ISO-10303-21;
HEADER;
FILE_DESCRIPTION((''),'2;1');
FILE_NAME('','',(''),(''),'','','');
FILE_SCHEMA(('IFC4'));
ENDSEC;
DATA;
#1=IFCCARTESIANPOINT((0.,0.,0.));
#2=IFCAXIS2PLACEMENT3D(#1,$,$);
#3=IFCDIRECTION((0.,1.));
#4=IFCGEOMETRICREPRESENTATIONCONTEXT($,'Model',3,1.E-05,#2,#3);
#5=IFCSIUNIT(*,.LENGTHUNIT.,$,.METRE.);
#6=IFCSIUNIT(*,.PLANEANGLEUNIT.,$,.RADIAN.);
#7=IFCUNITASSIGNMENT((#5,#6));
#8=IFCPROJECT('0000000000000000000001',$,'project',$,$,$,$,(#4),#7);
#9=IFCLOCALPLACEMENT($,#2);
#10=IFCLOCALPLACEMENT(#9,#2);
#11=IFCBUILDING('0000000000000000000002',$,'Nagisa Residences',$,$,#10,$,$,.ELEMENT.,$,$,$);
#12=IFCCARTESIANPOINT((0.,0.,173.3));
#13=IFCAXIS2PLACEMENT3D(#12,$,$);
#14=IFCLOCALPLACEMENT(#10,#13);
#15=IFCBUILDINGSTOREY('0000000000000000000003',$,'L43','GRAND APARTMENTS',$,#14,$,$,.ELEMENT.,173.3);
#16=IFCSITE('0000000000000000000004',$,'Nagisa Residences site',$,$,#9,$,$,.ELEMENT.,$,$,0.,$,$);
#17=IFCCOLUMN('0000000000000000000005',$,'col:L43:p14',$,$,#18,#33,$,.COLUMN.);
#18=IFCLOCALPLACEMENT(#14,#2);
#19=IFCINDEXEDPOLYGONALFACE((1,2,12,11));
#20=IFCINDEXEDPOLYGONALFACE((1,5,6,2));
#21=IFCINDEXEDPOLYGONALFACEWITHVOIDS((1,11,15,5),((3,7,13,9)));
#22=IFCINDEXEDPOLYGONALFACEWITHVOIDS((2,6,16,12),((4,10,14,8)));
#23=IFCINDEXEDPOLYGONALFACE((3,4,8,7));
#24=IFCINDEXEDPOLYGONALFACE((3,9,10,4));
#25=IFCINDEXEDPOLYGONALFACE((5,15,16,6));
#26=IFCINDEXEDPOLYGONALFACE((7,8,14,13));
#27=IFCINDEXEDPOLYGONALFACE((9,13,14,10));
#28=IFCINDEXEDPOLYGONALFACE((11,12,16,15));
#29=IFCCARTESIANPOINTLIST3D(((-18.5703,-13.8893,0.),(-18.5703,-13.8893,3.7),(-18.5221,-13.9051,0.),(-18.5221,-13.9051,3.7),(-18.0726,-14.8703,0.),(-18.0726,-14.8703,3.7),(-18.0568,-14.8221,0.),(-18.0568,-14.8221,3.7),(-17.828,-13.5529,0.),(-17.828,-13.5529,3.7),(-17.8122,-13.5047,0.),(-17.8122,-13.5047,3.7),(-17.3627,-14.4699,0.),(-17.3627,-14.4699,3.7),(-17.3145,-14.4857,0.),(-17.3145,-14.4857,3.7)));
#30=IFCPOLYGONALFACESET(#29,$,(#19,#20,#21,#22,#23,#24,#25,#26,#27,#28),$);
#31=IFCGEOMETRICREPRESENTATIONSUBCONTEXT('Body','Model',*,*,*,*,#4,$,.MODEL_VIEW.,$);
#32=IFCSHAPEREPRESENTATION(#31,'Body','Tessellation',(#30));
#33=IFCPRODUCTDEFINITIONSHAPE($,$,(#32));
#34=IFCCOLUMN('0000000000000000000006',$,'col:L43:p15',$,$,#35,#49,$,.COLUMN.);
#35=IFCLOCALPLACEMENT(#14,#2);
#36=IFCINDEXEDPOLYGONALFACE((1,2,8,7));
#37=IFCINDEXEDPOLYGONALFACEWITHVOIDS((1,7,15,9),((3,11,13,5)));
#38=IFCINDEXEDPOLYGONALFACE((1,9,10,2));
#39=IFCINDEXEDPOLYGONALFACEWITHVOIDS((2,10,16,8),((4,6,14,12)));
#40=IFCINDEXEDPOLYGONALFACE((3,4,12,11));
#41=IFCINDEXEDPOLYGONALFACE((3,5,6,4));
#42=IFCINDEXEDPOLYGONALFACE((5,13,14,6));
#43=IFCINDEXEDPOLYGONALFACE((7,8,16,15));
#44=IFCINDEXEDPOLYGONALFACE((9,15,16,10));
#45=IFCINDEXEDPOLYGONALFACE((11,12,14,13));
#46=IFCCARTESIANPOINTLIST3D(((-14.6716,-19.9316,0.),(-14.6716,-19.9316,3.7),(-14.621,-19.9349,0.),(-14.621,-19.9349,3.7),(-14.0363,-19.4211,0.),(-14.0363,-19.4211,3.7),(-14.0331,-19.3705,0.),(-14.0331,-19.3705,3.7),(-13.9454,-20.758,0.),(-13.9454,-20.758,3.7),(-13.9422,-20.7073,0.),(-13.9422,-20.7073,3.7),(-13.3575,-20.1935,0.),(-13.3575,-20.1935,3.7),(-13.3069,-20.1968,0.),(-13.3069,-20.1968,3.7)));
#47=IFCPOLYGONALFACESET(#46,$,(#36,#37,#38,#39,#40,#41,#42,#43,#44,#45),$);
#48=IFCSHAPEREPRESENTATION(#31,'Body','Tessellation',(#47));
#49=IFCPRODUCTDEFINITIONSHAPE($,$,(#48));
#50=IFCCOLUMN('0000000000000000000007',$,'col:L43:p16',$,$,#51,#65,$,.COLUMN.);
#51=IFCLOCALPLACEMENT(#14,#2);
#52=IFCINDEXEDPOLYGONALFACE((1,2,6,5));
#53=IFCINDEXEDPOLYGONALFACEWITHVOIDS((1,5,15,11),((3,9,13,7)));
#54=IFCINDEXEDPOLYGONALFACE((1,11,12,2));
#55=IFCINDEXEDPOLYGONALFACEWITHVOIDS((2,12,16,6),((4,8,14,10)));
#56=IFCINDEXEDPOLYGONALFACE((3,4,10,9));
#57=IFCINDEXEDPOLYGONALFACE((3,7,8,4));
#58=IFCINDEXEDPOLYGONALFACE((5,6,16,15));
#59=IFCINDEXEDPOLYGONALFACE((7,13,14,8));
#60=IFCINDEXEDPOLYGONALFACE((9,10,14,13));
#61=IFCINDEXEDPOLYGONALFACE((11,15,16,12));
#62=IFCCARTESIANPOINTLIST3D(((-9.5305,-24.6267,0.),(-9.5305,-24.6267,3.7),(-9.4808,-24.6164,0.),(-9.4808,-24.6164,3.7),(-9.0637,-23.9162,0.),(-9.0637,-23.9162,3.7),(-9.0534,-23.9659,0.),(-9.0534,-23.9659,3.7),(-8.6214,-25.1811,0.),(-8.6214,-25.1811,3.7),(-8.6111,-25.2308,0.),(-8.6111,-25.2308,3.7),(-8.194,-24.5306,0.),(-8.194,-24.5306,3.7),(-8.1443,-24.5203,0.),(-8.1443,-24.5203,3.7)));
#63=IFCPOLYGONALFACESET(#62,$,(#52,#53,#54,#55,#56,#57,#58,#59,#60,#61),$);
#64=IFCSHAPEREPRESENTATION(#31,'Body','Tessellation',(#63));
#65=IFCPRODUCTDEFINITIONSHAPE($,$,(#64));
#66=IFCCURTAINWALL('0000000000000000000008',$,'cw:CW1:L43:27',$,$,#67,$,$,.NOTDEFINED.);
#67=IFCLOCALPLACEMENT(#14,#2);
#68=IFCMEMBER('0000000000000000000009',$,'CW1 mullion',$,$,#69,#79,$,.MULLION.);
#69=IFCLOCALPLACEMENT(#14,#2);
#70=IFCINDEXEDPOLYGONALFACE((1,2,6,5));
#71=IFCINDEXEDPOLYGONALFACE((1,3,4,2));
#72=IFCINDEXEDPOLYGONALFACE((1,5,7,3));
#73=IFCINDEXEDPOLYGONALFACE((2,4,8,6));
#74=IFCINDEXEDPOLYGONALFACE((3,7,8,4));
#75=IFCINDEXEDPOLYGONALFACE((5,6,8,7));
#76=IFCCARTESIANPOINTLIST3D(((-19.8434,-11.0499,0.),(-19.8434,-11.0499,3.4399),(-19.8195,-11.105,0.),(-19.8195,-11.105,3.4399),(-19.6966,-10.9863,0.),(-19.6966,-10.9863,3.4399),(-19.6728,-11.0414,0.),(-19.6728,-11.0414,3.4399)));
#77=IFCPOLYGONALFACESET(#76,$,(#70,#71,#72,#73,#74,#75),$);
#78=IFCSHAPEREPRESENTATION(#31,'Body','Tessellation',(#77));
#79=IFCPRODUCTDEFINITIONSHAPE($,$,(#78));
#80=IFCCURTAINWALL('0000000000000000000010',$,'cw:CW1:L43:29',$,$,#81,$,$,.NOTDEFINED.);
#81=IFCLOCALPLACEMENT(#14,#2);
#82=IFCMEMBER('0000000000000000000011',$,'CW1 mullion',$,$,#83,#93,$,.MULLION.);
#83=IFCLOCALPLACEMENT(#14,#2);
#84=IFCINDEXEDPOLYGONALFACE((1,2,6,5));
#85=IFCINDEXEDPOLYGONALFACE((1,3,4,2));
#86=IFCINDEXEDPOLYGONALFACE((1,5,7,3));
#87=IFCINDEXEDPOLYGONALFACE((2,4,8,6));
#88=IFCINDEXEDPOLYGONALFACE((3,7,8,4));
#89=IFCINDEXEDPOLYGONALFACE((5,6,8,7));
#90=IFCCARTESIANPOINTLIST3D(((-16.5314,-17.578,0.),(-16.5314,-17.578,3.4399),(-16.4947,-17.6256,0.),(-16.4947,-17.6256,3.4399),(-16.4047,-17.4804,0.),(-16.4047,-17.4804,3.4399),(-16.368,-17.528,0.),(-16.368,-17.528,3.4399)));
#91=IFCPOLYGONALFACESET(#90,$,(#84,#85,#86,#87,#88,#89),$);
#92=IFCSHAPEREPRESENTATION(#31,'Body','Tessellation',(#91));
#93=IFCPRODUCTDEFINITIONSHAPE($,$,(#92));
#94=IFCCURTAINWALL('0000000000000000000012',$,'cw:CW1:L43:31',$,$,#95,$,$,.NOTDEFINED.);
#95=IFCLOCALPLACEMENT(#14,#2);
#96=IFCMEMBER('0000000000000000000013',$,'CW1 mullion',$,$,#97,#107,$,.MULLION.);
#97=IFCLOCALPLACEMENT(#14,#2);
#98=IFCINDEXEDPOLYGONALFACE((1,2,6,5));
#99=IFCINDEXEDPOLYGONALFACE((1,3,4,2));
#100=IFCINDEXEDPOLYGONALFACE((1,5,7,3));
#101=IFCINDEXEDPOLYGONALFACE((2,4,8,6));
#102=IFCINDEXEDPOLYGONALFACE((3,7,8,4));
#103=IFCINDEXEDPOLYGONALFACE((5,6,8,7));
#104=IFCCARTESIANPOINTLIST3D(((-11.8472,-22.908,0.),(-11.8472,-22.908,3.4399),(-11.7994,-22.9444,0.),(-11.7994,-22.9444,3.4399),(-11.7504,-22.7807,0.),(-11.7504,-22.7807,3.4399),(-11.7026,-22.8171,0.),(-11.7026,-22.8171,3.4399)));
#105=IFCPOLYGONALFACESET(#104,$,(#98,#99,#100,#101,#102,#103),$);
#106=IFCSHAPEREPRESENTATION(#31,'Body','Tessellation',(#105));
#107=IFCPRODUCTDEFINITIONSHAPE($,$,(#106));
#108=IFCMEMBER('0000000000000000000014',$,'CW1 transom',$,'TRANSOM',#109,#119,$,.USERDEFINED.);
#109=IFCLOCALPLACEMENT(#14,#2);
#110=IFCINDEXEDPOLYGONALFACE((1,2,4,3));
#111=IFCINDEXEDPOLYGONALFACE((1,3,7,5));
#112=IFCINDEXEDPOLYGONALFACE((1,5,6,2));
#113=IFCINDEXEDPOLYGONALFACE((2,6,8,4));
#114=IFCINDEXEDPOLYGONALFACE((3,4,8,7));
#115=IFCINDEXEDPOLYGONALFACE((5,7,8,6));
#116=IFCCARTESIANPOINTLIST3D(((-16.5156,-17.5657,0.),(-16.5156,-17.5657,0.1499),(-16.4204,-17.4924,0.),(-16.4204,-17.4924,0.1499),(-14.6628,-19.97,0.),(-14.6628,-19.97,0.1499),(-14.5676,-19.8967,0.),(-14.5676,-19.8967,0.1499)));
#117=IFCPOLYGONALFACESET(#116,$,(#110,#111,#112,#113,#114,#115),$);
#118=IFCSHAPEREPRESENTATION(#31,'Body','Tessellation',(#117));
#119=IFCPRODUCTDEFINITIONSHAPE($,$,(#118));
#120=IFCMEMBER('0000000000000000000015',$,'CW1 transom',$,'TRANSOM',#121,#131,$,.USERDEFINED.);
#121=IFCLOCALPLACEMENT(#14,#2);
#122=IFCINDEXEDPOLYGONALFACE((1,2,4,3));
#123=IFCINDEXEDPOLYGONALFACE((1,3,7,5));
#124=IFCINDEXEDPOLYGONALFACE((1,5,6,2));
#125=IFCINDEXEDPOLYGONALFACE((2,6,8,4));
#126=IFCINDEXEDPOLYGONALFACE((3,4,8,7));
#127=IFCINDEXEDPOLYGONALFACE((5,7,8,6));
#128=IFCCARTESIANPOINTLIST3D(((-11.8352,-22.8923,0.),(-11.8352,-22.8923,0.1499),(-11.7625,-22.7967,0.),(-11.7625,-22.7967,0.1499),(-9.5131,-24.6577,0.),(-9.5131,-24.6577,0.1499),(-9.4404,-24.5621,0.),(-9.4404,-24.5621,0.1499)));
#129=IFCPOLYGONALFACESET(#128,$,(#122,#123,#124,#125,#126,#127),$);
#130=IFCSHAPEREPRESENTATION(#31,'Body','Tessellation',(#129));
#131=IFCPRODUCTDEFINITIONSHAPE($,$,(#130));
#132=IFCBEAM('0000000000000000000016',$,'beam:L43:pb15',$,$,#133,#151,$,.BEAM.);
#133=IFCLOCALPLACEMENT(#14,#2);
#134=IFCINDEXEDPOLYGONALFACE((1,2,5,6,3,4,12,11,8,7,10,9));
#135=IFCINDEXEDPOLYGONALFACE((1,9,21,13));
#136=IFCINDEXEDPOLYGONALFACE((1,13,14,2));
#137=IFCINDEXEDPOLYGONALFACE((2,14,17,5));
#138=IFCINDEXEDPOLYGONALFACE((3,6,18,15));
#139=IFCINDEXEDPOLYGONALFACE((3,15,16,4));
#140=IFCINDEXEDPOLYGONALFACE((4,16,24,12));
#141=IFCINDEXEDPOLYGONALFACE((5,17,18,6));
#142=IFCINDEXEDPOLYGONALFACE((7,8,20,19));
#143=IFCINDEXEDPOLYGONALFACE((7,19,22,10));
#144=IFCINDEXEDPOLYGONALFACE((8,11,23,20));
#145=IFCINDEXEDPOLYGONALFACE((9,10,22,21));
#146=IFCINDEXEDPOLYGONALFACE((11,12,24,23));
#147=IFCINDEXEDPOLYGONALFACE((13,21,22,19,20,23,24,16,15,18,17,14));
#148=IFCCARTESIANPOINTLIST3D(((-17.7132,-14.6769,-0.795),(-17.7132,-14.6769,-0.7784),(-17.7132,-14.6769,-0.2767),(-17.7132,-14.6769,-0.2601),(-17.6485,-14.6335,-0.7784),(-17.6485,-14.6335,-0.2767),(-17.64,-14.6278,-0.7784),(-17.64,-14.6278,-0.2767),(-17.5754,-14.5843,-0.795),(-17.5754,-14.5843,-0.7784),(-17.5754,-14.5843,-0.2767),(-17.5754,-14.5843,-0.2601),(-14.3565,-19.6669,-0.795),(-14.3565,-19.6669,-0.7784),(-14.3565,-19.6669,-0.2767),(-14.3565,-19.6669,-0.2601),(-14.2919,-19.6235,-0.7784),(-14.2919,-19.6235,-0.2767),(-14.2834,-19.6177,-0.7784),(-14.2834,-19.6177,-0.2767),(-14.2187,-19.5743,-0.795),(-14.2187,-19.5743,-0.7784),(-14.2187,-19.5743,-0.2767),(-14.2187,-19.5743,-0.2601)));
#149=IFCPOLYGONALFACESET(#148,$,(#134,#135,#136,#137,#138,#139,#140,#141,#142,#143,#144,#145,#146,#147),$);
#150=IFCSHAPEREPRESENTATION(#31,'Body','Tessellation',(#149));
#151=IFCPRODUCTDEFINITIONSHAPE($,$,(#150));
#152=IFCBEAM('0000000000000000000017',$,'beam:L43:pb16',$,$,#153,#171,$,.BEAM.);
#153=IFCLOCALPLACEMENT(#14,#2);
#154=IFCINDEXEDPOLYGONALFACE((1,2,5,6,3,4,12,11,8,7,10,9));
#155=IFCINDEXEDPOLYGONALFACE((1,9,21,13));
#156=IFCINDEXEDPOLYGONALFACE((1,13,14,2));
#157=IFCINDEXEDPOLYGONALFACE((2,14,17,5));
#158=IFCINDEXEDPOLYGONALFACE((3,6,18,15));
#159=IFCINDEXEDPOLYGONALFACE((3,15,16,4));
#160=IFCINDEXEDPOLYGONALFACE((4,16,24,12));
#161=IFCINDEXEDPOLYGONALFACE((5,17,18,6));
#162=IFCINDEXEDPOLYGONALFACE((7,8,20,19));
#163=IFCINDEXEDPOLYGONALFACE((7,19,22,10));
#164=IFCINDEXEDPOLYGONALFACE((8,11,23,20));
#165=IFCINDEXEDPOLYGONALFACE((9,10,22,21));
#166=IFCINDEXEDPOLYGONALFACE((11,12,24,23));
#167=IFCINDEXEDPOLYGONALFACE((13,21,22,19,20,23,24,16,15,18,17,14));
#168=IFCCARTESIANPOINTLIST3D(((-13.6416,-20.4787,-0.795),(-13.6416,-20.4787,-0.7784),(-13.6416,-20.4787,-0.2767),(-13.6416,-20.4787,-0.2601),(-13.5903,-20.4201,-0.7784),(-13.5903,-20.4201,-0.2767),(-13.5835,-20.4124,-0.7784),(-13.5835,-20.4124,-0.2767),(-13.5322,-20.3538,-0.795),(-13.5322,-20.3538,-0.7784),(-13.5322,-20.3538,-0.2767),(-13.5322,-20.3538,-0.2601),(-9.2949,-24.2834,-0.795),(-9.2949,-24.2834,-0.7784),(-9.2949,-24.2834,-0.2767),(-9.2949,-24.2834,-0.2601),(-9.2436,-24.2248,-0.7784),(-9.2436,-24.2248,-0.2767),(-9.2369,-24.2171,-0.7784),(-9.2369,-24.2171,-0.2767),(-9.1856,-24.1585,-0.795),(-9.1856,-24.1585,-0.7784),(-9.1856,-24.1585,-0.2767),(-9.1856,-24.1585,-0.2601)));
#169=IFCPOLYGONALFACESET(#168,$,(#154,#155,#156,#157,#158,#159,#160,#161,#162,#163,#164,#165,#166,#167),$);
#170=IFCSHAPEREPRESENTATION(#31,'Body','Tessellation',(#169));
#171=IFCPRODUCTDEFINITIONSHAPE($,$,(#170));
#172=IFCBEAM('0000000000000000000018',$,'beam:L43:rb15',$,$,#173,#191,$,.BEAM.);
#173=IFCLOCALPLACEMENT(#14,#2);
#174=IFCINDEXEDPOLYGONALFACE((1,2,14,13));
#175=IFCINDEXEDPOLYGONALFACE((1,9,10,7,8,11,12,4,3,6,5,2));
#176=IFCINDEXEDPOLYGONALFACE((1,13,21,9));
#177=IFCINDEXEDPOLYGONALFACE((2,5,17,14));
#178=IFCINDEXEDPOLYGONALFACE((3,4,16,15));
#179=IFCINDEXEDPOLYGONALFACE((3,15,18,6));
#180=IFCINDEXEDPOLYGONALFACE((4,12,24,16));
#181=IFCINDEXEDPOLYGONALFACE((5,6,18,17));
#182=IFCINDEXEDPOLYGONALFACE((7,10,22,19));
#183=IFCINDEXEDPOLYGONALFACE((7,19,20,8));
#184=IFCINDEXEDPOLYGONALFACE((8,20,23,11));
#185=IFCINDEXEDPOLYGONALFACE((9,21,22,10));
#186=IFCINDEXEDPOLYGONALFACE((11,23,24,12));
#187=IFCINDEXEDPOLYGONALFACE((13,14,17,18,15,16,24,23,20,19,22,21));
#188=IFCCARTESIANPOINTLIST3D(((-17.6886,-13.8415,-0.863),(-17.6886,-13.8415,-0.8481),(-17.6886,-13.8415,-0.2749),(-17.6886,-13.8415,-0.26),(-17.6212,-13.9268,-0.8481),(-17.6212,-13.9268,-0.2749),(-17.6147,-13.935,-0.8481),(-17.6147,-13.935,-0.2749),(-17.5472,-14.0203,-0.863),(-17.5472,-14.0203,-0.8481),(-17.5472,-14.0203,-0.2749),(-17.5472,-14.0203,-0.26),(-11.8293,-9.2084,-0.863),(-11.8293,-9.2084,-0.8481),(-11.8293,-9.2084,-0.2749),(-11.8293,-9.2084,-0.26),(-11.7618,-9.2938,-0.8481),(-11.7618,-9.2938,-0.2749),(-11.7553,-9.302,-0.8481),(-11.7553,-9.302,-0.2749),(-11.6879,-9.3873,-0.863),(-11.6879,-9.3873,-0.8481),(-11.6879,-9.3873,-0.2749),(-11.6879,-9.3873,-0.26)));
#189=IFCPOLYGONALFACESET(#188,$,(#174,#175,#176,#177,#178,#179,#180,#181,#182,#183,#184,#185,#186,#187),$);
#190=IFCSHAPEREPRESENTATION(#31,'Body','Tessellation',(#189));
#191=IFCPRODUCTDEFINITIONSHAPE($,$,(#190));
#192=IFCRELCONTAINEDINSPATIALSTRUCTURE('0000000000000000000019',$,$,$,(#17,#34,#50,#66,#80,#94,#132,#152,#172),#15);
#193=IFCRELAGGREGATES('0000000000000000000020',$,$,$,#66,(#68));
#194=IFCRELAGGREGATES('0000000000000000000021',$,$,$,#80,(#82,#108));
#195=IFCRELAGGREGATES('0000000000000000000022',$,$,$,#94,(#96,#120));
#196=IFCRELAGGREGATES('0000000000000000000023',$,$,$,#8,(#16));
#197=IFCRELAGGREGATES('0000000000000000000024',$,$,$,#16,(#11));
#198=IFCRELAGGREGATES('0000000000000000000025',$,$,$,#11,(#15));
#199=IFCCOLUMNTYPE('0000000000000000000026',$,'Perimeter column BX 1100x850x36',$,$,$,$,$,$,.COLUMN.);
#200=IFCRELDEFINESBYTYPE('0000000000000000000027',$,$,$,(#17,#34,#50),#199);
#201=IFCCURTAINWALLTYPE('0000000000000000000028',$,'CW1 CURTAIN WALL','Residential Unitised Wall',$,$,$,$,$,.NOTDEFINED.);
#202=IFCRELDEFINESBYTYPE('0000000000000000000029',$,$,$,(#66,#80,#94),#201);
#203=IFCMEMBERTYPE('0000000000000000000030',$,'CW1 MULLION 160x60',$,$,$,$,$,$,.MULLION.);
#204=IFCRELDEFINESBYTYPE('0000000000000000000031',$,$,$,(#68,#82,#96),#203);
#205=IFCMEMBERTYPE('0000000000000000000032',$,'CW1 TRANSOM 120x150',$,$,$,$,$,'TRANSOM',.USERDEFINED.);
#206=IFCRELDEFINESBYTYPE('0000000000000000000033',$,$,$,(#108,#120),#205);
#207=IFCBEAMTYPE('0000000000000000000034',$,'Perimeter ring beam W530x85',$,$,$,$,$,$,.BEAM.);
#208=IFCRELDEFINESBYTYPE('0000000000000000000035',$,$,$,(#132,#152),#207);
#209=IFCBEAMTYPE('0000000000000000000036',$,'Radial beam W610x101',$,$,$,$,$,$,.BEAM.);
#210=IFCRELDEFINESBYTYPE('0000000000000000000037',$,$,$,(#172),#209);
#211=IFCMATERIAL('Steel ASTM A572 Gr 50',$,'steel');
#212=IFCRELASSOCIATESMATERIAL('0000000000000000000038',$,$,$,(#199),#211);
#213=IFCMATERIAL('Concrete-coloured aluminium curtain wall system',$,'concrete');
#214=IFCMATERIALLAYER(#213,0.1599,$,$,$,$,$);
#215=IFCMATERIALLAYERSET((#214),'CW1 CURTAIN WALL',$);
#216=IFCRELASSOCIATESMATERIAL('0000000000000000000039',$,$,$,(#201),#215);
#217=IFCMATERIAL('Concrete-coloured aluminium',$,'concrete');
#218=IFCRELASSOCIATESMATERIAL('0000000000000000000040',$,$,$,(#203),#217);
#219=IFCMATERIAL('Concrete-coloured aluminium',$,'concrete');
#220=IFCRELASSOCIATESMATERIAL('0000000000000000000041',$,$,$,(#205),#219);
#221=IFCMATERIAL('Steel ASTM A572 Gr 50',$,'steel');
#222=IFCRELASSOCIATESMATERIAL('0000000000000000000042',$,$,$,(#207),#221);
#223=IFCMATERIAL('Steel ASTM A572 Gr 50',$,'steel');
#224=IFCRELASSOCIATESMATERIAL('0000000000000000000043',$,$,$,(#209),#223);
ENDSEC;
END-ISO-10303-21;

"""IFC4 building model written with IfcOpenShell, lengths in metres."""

from ifc_helpers import new_model, si_unit, direction, frame, origin, origin_2d, place, context, subcontext, project, spatial, rectangle, hollow_rectangle, i_section, extrude, material, layer, layer_set, material_profile, profile_set, type_object, element, aggregate, save


model = new_model("IFC4")

# Units and contexts
model_context = context("Model", 3, precision=1e-05, world=origin(), true_north=direction((0.0, 1.0)))
body_context = subcontext(model_context, "Body", "Model", "MODEL_VIEW")
ifc_project = project(units=[si_unit("LENGTHUNIT", "METRE"), si_unit("PLANEANGLEUNIT", "RADIAN")], contexts=[model_context])

# Site, building, storey
site_placement = place(None, origin())
site = spatial("IfcSite", under=ifc_project, at=site_placement, Name="Nagisa Residences site", CompositionType="ELEMENT", RefElevation=0.0)
building_placement = place(site_placement, origin())
building = spatial("IfcBuilding", under=site, at=building_placement, Name="Nagisa Residences", CompositionType="ELEMENT")
storey_placement = place(building_placement, frame((0.0, 0.0, 173.3)))
storey = spatial("IfcBuildingStorey", under=building, at=storey_placement, Name="L43", Description="GRAND APARTMENTS", CompositionType="ELEMENT", Elevation=173.3)

# Columns
ifc_material_1 = material(Name="Steel ASTM A572 Gr 50", Category="steel")
ifc_material_profile_1 = material_profile(ifc_material_1, hollow_rectangle(XDim=1.1001, YDim=0.8501, WallThickness=0.0359, at=origin_2d()), Name="BX 1100x850x36")
ifc_profile_set_1 = profile_set([ifc_material_profile_1], Name="Steel ASTM A572 Gr 50")
column_type = type_object("IfcColumnType", Name="Perimeter column BX 1100x850x36", PredefinedType="COLUMN", material=ifc_profile_set_1)
for number, where, z_axis, x_axis, name in (
    (1, (-17.9424, -14.1875, 0.0), (0.0, 0.0, 1.0), (0.452463, -0.891783, 0.0), "col:L43:p14"),
    (2, (-13.9893, -20.0642, 0.0), (0.0, 0.0, 1.0), (0.660115, -0.751165, 0.0), "col:L43:p15"),
    (3, (-8.8374, -24.5735, 0.0), (0.0, 0.0, 1.0), (0.835766, -0.549086, 0.0), "col:L43:p16"),
):
    element("IfcColumn", number, at=place(storey_placement, frame(where, z_axis=z_axis, x_axis=x_axis)), inside=storey, type_object=column_type, Name=name, PredefinedType="COLUMN", context=body_context, shape_type="SweptSolid", body=[
        extrude(hollow_rectangle(XDim=1.1001, YDim=0.8501, WallThickness=0.0359, at=origin_2d()), origin(), (0.0, 0.0, 1.0), 3.7),
    ])

# Curtain walls, members
ifc_material_2 = material(Name="Concrete-coloured aluminium curtain wall system", Category="concrete")
ifc_layer_1 = layer(ifc_material_2, 0.1599)
ifc_layer_set_1 = layer_set([ifc_layer_1], Name="CW1 CURTAIN WALL")
curtain_wall_type = type_object("IfcCurtainWallType", Name="CW1 CURTAIN WALL", Description="Residential Unitised Wall", PredefinedType="NOTDEFINED", material=ifc_layer_set_1)
curtain_wall_1_placement = place(storey_placement, origin())
curtain_wall_1 = element("IfcCurtainWall", 4, at=curtain_wall_1_placement, inside=storey, type_object=curtain_wall_type, Name="cw:CW1:L43:27", PredefinedType="NOTDEFINED")
ifc_material_3 = material(Name="Concrete-coloured aluminium", Category="concrete")
ifc_material_profile_2 = material_profile(ifc_material_3, rectangle(XDim=0.1599, YDim=0.0601, at=origin_2d()), Name="CW1 MULLION 160x60")
ifc_profile_set_2 = profile_set([ifc_material_profile_2], Name="Concrete-coloured aluminium")
member_type_1 = type_object("IfcMemberType", Name="CW1 MULLION 160x60", PredefinedType="MULLION", material=ifc_profile_set_2)
member_1_placement = place(storey_placement, frame((-19.7581, -11.0457, 0.0), z_axis=(0.0, 0.0, 1.0), x_axis=(0.917543, 0.397636, 0.0)))
member_1 = element("IfcMember", 5, at=member_1_placement, type_object=member_type_1, Name="CW1 mullion", PredefinedType="MULLION", context=body_context, shape_type="SweptSolid", body=[
    extrude(rectangle(XDim=0.1599, YDim=0.0601, at=origin_2d()), origin(), (0.0, 0.0, 1.0), 3.4399),
])
curtain_wall_2_placement = place(storey_placement, origin())
curtain_wall_2 = element("IfcCurtainWall", 6, at=curtain_wall_2_placement, inside=storey, type_object=curtain_wall_type, Name="cw:CW1:L43:29", PredefinedType="NOTDEFINED")
member_2_placement = place(storey_placement, frame((-16.4497, -17.553, 0.0), z_axis=(0.0, 0.0, 1.0), x_axis=(0.79207, 0.61043, 0.0)))
member_2 = element("IfcMember", 7, at=member_2_placement, type_object=member_type_1, Name="CW1 mullion", PredefinedType="MULLION", context=body_context, shape_type="SweptSolid", body=[
    extrude(rectangle(XDim=0.1599, YDim=0.0601, at=origin_2d()), origin(), (0.0, 0.0, 1.0), 3.4399),
])
curtain_wall_3_placement = place(storey_placement, origin())
curtain_wall_3 = element("IfcCurtainWall", 8, at=curtain_wall_3_placement, inside=storey, type_object=curtain_wall_type, Name="cw:CW1:L43:31", PredefinedType="NOTDEFINED")
member_3_placement = place(storey_placement, frame((-11.7749, -22.8625, 0.0), z_axis=(0.0, 0.0, 1.0), x_axis=(0.605255, 0.796031, 0.0)))
member_3 = element("IfcMember", 9, at=member_3_placement, type_object=member_type_1, Name="CW1 mullion", PredefinedType="MULLION", context=body_context, shape_type="SweptSolid", body=[
    extrude(rectangle(XDim=0.1599, YDim=0.0601, at=origin_2d()), origin(), (0.0, 0.0, 1.0), 3.4399),
])

# Members
ifc_material_4 = material(Name="Concrete-coloured aluminium", Category="concrete")
ifc_material_profile_3 = material_profile(ifc_material_4, rectangle(XDim=0.1201, YDim=0.1499, at=origin_2d()), Name="CW1 TRANSOM 120x150")
ifc_profile_set_3 = profile_set([ifc_material_profile_3], Name="Concrete-coloured aluminium")
member_type_2 = type_object("IfcMemberType", Name="CW1 TRANSOM 120x150", ElementType="TRANSOM", PredefinedType="USERDEFINED", material=ifc_profile_set_3)
member_4_placement = place(storey_placement, frame((-16.468, -17.5291, 0.075), z_axis=(0.610399, -0.792094, 0.0), x_axis=(0.792094, 0.610399, 0.0)))
member_4 = element("IfcMember", 10, at=member_4_placement, type_object=member_type_2, Name="CW1 transom", ObjectType="TRANSOM", PredefinedType="USERDEFINED", context=body_context, shape_type="SweptSolid", body=[
    extrude(rectangle(XDim=0.1201, YDim=0.1499, at=origin_2d()), origin(), (0.0, 0.0, 1.0), 3.0354),
])
member_5_placement = place(storey_placement, frame((-11.7988, -22.8445, 0.075), z_axis=(0.796056, -0.605223, 0.0), x_axis=(0.605223, 0.796056, 0.0)))
member_5 = element("IfcMember", 11, at=member_5_placement, type_object=member_type_2, Name="CW1 transom", ObjectType="TRANSOM", PredefinedType="USERDEFINED", context=body_context, shape_type="SweptSolid", body=[
    extrude(rectangle(XDim=0.1201, YDim=0.1499, at=origin_2d()), origin(), (0.0, 0.0, 1.0), 2.917),
])

# Beams
ifc_material_5 = material(Name="Steel ASTM A572 Gr 50", Category="steel")
ifc_material_profile_4 = material_profile(ifc_material_5, i_section(OverallWidth=0.166, OverallDepth=0.5349, WebThickness=0.0103, FlangeThickness=0.0166, at=origin_2d()), Name="W530x85")
ifc_profile_set_4 = profile_set([ifc_material_profile_4], Name="Steel ASTM A572 Gr 50")
beam_type_1 = type_object("IfcBeamType", Name="Perimeter ring beam W530x85", PredefinedType="BEAM", material=ifc_profile_set_4)
beam_1_placement = place(storey_placement, frame((-17.6443, -14.6306, -0.5276), z_axis=(0.558152, -0.829739, 0.0), x_axis=(0.829739, 0.558152, 0.0)))
element("IfcBeam", 12, at=beam_1_placement, inside=storey, type_object=beam_type_1, Name="beam:L43:pb15", PredefinedType="BEAM", context=body_context, shape_type="SweptSolid", body=[
    extrude(i_section(OverallWidth=0.166, OverallDepth=0.5349, WebThickness=0.0103, FlangeThickness=0.0166, at=origin_2d()), origin(), (0.0, 0.0, 1.0), 6.0139),
])
beam_2_placement = place(storey_placement, frame((-13.5869, -20.4163, -0.5276), z_axis=(0.752461, -0.658636, 0.0), x_axis=(0.658636, 0.752461, 0.0)))
element("IfcBeam", 13, at=beam_2_placement, inside=storey, type_object=beam_type_1, Name="beam:L43:pb16", PredefinedType="BEAM", context=body_context, shape_type="SweptSolid", body=[
    extrude(i_section(OverallWidth=0.166, OverallDepth=0.5349, WebThickness=0.0103, FlangeThickness=0.0166, at=origin_2d()), origin(), (0.0, 0.0, 1.0), 5.7766),
])
ifc_material_6 = material(Name="Steel ASTM A572 Gr 50", Category="steel")
ifc_material_profile_5 = material_profile(ifc_material_6, i_section(OverallWidth=0.228, OverallDepth=0.603, WebThickness=0.0105, FlangeThickness=0.0149, at=origin_2d()), Name="W610x101")
ifc_profile_set_5 = profile_set([ifc_material_profile_5], Name="Steel ASTM A572 Gr 50")
beam_type_2 = type_object("IfcBeamType", Name="Radial beam W610x101", PredefinedType="BEAM", material=ifc_profile_set_5)
beam_3_placement = place(storey_placement, frame((-17.6179, -13.9309, -0.5615), z_axis=(0.784412, 0.620241, 0.0), x_axis=(-0.620241, 0.784412, 0.0)))
element("IfcBeam", 14, at=beam_3_placement, inside=storey, type_object=beam_type_2, Name="beam:L43:rb15", PredefinedType="BEAM", context=body_context, shape_type="SweptSolid", body=[
    extrude(i_section(OverallWidth=0.228, OverallDepth=0.603, WebThickness=0.0105, FlangeThickness=0.0149, at=origin_2d()), origin(), (0.0, 0.0, 1.0), 7.4697),
])

aggregate(curtain_wall_1, [member_1])
aggregate(curtain_wall_2, [member_2, member_4])
aggregate(curtain_wall_3, [member_3, member_5])

save(model, "model.ifc")
